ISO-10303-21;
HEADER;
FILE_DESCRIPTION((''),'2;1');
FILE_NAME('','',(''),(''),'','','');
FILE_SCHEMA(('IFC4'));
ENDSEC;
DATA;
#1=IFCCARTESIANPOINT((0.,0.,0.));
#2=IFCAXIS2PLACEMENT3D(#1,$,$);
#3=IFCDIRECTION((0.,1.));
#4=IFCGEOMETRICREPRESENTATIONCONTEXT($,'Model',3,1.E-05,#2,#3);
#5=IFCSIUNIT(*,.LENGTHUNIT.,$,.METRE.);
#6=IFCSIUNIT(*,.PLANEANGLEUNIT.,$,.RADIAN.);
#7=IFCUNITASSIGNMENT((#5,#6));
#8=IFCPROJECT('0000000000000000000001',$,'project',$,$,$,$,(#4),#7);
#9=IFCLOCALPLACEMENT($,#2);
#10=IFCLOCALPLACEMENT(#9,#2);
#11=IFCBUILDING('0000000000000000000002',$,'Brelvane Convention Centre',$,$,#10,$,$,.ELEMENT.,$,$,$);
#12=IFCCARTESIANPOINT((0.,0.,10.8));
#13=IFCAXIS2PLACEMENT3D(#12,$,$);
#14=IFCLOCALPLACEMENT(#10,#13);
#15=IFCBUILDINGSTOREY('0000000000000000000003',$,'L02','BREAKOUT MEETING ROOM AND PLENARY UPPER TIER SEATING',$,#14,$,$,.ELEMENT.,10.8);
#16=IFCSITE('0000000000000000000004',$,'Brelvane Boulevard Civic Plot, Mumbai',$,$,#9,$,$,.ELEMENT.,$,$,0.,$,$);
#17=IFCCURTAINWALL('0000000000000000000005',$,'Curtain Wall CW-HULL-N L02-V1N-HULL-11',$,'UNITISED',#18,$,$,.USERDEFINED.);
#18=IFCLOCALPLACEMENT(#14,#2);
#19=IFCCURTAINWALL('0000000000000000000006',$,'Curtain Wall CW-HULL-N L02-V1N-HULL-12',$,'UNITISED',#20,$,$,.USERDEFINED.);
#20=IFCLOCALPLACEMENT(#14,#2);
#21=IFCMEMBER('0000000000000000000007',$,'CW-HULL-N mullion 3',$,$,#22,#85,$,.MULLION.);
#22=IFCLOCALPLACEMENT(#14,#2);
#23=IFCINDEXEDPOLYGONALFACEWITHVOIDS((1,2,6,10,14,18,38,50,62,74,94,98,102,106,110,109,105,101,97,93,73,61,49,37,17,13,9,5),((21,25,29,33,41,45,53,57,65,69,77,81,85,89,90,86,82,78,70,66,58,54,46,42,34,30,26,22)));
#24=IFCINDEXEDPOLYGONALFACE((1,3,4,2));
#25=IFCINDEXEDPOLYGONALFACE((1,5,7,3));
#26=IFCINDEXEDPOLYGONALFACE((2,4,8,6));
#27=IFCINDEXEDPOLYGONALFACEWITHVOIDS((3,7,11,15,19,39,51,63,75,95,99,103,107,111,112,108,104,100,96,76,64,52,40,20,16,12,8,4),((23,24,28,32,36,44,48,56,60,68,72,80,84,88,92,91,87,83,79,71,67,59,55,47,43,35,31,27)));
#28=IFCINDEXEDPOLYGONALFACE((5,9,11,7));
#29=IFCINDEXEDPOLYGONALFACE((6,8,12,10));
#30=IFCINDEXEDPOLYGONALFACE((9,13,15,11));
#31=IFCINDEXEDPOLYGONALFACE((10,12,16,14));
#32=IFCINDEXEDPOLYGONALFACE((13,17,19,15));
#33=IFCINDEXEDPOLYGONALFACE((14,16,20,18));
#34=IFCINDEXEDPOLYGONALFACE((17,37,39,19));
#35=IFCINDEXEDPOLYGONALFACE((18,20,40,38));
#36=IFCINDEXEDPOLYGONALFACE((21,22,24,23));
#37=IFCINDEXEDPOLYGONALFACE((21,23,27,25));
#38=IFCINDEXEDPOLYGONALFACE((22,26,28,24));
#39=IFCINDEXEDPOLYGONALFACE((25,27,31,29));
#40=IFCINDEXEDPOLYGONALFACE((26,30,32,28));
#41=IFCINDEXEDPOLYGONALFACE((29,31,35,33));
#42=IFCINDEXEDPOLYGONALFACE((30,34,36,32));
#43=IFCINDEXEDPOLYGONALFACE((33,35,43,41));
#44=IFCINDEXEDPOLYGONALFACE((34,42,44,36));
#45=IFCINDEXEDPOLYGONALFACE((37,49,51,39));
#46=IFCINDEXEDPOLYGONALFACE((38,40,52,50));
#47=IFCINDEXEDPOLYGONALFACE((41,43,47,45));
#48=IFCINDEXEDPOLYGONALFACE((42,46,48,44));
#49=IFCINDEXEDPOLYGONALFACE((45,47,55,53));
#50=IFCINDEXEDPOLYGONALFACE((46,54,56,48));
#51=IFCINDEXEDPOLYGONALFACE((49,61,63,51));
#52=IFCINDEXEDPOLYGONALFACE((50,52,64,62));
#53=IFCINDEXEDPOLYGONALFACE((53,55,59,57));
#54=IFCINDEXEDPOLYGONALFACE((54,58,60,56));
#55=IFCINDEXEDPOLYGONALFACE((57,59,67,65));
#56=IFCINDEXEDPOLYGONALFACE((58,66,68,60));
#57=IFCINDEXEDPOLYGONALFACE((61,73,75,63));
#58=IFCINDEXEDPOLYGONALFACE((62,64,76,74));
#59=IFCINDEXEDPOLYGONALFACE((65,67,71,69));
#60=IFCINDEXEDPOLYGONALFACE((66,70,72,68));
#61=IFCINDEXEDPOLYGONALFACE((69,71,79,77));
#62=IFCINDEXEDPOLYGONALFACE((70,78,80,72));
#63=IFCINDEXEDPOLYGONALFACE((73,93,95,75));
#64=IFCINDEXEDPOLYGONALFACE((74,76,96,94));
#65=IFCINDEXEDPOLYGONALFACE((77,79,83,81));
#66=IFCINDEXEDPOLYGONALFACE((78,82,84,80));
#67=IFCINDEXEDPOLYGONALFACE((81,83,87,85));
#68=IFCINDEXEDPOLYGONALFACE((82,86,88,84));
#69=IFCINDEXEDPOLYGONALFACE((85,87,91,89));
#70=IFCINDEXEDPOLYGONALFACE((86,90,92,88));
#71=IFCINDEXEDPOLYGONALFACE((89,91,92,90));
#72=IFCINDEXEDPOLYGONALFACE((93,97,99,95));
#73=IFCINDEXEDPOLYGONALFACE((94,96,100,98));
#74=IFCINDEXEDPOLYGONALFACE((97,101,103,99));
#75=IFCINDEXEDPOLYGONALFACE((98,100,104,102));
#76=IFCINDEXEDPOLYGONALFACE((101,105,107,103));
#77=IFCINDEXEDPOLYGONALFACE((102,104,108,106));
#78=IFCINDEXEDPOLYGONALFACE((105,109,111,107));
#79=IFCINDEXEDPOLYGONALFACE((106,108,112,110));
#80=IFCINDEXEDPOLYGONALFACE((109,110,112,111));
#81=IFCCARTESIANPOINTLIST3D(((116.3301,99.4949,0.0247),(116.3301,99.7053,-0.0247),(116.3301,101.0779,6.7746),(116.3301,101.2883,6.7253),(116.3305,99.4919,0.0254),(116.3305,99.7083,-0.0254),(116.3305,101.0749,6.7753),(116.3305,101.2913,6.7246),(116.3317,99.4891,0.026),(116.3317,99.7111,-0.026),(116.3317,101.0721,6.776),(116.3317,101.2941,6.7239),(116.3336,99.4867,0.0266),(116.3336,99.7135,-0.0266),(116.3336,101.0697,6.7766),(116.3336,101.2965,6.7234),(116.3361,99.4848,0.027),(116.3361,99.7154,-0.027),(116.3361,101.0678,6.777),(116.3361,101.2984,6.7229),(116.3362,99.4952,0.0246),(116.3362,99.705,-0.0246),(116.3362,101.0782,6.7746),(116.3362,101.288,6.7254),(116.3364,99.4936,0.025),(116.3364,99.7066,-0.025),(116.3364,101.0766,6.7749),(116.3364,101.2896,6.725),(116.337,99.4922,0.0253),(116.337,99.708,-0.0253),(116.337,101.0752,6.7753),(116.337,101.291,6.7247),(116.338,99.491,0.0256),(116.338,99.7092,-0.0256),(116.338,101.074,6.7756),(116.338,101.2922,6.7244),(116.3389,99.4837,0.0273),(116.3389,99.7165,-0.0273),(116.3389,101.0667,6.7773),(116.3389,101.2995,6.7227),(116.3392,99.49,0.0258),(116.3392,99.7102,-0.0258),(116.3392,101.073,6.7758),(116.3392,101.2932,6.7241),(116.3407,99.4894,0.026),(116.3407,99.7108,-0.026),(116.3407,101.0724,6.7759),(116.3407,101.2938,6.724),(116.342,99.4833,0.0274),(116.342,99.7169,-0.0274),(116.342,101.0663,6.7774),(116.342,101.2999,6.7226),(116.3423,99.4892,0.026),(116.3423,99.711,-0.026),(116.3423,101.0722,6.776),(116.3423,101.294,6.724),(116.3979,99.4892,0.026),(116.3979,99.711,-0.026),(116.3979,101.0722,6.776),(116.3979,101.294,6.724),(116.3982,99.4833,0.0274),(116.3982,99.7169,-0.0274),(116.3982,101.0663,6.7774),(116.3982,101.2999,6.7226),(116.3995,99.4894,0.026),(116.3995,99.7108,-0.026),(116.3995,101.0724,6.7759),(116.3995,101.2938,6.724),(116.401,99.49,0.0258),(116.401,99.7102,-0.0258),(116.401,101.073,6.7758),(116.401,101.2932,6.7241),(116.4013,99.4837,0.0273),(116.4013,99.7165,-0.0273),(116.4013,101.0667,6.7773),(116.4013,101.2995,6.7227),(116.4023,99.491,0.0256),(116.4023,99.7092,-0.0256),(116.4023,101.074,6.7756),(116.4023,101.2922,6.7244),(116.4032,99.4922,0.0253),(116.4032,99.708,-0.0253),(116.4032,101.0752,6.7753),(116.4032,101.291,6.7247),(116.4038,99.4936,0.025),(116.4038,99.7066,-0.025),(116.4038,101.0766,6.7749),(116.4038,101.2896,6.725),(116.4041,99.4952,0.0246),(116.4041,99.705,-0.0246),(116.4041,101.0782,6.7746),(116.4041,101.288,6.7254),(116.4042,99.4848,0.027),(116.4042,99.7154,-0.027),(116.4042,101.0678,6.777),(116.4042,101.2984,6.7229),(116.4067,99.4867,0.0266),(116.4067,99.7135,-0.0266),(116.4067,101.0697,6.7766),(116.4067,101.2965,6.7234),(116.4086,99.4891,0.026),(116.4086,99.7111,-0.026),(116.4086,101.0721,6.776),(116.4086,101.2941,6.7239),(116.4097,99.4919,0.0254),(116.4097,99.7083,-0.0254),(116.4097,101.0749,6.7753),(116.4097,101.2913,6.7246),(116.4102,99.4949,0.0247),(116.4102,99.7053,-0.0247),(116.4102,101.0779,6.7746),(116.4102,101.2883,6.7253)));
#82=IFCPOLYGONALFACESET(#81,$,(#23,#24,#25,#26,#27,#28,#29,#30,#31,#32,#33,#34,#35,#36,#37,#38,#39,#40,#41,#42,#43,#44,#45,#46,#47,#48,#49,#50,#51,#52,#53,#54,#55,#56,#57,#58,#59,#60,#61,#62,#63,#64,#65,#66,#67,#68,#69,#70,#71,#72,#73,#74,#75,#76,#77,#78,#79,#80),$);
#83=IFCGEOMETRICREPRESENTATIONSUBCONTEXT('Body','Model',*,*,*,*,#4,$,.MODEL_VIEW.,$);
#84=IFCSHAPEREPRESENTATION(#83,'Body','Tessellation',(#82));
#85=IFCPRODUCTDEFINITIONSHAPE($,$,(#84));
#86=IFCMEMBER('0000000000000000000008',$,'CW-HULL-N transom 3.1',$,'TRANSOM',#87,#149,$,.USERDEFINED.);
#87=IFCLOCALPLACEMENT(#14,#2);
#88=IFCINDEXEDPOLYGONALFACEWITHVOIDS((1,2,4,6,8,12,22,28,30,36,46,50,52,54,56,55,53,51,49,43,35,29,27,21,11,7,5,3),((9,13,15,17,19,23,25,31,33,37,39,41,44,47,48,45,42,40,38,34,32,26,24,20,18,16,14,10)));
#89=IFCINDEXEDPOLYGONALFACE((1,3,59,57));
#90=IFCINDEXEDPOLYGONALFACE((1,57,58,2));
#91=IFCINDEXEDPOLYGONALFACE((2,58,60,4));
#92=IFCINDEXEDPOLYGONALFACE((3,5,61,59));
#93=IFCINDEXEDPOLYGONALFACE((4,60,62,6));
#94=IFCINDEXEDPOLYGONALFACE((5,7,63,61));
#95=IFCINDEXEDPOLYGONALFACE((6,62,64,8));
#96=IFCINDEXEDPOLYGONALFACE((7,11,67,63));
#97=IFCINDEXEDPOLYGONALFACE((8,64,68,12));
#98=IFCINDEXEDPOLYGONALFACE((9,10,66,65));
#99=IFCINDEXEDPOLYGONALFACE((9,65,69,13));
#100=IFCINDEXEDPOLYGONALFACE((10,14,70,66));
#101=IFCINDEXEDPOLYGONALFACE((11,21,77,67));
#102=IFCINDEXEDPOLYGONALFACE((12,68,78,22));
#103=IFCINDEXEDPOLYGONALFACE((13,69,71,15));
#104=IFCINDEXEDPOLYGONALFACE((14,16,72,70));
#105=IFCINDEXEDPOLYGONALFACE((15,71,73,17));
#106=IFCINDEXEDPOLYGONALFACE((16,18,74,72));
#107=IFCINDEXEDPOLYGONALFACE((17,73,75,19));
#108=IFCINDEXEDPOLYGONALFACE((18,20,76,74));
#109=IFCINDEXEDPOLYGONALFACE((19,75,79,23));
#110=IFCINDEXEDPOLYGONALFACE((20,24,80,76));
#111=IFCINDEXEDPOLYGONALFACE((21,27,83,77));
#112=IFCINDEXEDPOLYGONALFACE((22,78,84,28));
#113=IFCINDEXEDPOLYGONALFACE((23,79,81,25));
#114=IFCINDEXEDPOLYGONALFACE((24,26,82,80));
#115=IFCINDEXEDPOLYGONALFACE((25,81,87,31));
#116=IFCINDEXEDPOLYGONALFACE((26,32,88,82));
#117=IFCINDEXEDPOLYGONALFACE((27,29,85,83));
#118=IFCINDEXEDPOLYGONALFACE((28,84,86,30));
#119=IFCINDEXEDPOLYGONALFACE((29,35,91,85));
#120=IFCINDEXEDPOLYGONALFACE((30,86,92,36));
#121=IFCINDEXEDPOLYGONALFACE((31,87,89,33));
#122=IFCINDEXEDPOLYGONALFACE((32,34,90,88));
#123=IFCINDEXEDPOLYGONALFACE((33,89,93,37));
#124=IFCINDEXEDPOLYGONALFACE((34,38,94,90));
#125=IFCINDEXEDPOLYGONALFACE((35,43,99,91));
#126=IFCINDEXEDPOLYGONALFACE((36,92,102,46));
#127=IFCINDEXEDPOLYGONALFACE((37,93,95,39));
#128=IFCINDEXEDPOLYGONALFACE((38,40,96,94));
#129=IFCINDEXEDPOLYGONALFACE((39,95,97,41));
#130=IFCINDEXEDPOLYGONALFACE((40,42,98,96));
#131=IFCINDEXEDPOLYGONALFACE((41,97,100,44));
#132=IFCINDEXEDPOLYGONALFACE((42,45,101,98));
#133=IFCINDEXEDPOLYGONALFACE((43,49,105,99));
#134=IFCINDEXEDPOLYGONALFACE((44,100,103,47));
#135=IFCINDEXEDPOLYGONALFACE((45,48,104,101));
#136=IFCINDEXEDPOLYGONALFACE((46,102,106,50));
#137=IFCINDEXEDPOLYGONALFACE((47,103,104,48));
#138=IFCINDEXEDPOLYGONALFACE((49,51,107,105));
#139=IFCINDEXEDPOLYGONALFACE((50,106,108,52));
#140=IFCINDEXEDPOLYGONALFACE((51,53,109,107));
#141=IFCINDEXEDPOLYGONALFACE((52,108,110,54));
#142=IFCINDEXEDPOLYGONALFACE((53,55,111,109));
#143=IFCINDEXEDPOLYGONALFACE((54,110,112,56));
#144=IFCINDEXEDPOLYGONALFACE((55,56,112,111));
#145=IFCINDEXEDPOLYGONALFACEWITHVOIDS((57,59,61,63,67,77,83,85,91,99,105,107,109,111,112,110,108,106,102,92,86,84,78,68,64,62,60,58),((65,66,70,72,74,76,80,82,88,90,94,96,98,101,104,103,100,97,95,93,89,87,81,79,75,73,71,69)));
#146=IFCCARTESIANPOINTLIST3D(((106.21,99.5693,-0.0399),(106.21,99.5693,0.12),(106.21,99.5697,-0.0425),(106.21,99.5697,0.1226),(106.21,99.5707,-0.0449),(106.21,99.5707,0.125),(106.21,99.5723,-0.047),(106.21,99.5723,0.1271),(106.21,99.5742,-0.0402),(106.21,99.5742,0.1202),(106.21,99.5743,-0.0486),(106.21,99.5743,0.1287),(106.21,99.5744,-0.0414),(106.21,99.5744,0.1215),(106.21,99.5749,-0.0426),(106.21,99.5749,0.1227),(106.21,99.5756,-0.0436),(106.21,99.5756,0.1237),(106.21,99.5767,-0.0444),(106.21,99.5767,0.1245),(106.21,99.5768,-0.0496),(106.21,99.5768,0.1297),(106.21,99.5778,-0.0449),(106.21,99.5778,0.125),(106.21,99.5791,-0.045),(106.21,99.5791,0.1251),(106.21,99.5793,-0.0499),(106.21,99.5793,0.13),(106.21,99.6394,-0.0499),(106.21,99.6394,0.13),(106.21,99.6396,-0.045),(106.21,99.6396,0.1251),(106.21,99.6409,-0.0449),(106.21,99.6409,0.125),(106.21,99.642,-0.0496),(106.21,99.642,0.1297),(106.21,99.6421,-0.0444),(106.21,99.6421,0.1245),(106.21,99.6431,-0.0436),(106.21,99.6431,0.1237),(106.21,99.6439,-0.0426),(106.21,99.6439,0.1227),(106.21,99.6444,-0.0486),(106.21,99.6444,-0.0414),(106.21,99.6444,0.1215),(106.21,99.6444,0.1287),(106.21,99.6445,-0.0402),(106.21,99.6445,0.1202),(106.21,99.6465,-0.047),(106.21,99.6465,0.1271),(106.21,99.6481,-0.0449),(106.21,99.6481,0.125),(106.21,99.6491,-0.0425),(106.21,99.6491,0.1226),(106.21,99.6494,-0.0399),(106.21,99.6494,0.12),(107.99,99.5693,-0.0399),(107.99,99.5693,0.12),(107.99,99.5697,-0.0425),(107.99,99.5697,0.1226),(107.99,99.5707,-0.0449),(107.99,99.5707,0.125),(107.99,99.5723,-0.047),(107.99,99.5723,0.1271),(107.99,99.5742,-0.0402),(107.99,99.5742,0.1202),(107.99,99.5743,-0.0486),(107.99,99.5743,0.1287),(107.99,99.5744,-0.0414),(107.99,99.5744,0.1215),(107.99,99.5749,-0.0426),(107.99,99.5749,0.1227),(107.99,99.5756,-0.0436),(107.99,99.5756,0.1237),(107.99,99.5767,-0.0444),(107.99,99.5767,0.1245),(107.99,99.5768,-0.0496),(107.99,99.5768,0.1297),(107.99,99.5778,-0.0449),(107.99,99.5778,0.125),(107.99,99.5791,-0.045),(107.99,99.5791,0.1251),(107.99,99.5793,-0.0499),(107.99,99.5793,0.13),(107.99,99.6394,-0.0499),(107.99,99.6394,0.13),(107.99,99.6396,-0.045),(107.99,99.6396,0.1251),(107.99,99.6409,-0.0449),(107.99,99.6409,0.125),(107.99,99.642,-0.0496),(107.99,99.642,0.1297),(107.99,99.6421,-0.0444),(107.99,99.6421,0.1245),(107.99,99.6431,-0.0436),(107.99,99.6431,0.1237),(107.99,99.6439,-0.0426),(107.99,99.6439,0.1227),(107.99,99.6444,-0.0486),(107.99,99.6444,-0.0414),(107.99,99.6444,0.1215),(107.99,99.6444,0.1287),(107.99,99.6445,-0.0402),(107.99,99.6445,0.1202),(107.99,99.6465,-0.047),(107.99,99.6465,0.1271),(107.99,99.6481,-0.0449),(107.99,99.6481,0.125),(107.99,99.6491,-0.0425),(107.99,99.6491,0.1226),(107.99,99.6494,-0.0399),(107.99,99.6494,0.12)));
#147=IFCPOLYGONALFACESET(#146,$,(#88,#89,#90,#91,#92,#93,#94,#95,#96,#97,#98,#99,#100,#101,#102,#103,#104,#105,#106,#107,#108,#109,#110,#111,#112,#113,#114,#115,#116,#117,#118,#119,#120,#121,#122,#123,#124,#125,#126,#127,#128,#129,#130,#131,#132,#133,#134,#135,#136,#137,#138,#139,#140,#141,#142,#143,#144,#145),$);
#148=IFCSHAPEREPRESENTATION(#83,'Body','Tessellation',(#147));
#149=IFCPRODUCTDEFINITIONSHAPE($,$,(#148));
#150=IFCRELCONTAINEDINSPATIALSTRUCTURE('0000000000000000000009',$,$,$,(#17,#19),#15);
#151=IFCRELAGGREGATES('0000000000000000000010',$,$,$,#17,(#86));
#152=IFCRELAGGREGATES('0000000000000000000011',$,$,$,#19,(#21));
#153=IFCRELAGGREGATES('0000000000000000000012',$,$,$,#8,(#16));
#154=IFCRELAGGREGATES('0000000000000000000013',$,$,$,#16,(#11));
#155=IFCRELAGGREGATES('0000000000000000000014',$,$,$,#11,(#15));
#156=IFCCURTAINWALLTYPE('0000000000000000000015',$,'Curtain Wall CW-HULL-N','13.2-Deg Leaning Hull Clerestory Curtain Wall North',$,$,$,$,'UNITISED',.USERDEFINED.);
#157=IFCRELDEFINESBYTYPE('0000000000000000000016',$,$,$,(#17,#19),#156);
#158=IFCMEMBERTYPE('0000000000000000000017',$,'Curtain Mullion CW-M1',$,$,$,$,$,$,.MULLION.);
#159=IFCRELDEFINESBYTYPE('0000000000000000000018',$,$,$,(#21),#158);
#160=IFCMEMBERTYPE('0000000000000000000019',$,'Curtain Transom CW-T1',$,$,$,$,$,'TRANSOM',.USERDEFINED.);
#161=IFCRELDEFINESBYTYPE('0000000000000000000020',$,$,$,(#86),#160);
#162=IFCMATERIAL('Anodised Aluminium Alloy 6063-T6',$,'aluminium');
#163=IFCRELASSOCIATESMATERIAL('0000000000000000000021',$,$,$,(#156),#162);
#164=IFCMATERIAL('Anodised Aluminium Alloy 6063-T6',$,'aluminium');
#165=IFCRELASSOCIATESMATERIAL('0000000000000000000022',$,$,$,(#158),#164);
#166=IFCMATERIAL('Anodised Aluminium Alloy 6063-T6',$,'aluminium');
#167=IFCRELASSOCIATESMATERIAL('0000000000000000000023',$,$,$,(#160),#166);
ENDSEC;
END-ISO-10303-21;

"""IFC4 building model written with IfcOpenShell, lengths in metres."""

from ifc_helpers import new_model, si_unit, direction, frame, origin, origin_2d, place, context, subcontext, project, spatial, hollow_rectangle, extrude, material, material_profile, profile_set, type_object, element, aggregate, save


model = new_model("IFC4")

# Units and contexts
model_context = context("Model", 3, precision=1e-05, world=origin(), true_north=direction((0.0, 1.0)))
body_context = subcontext(model_context, "Body", "Model", "MODEL_VIEW")
ifc_project = project(units=[si_unit("LENGTHUNIT", "METRE"), si_unit("PLANEANGLEUNIT", "RADIAN")], contexts=[model_context])

# Site, building, storey
site_placement = place(None, origin())
site = spatial("IfcSite", under=ifc_project, at=site_placement, Name="Brelvane Boulevard Civic Plot, Mumbai", CompositionType="ELEMENT", RefElevation=0.0)
building_placement = place(site_placement, origin())
building = spatial("IfcBuilding", under=site, at=building_placement, Name="Brelvane Convention Centre", CompositionType="ELEMENT")
storey_placement = place(building_placement, frame((0.0, 0.0, 10.8)))
storey = spatial("IfcBuildingStorey", under=building, at=storey_placement, Name="L02", Description="BREAKOUT MEETING ROOM AND PLENARY UPPER TIER SEATING", CompositionType="ELEMENT", Elevation=10.8)

# Curtain walls, member
ifc_material_1 = material(Name="Anodised Aluminium Alloy 6063-T6", Category="aluminium")
curtain_wall_type = type_object("IfcCurtainWallType", Name="Curtain Wall CW-HULL-N", Description="13.2-Deg Leaning Hull Clerestory Curtain Wall North", ElementType="UNITISED", PredefinedType="USERDEFINED", material=ifc_material_1)
curtain_wall_1_placement = place(storey_placement, origin())
curtain_wall_1 = element("IfcCurtainWall", 1, at=curtain_wall_1_placement, inside=storey, type_object=curtain_wall_type, Name="Curtain Wall CW-HULL-N L02-V1N-HULL-11", ObjectType="UNITISED", PredefinedType="USERDEFINED")
ifc_material_2 = material(Name="Anodised Aluminium Alloy 6063-T6", Category="aluminium")
ifc_material_profile_1 = material_profile(ifc_material_2, hollow_rectangle(XDim=0.0801, YDim=0.24, WallThickness=0.0061, InnerFilletRadius=0.0061, OuterFilletRadius=0.012, at=origin_2d()), Name="ALU-M 240x80x6.0")
ifc_profile_set_1 = profile_set([ifc_material_profile_1], Name="Anodised Aluminium Alloy 6063-T6")
member_type_1 = type_object("IfcMemberType", Name="Curtain Mullion CW-M1", PredefinedType="MULLION", material=ifc_profile_set_1)
curtain_wall_2_placement = place(storey_placement, origin())
curtain_wall_2 = element("IfcCurtainWall", 2, at=curtain_wall_2_placement, inside=storey, type_object=curtain_wall_type, Name="Curtain Wall CW-HULL-N L02-V1N-HULL-12", ObjectType="UNITISED", PredefinedType="USERDEFINED")
member_1_placement = place(storey_placement, frame((116.3701, 99.6001, 0.0), z_axis=(0.0, 0.228325, 0.973585), x_axis=(-1.0, 0.0, 0.0)))
member_1 = element("IfcMember", 3, at=member_1_placement, type_object=member_type_1, Name="CW-HULL-N mullion 3", PredefinedType="MULLION", context=body_context, shape_type="SweptSolid", body=[
    extrude(hollow_rectangle(XDim=0.0801, YDim=0.24, WallThickness=0.0061, InnerFilletRadius=0.0061, OuterFilletRadius=0.012, at=origin_2d()), origin(), (0.0, 0.0, 1.0), 6.9331),
])

# Member
ifc_material_3 = material(Name="Anodised Aluminium Alloy 6063-T6", Category="aluminium")
ifc_material_profile_2 = material_profile(ifc_material_3, hollow_rectangle(XDim=0.0801, YDim=0.1799, WallThickness=0.0049, InnerFilletRadius=0.0049, OuterFilletRadius=0.01, at=origin_2d()), Name="ALU-T 180x80x5.0")
ifc_profile_set_2 = profile_set([ifc_material_profile_2], Name="Anodised Aluminium Alloy 6063-T6")
member_type_2 = type_object("IfcMemberType", Name="Curtain Transom CW-T1", ElementType="TRANSOM", PredefinedType="USERDEFINED", material=ifc_profile_set_2)
member_2_placement = place(storey_placement, frame((106.21, 99.6094, 0.04), z_axis=(1.0, 0.0, 0.0), x_axis=(0.0, 1.0, 0.0)))
member_2 = element("IfcMember", 4, at=member_2_placement, type_object=member_type_2, Name="CW-HULL-N transom 3.1", ObjectType="TRANSOM", PredefinedType="USERDEFINED", context=body_context, shape_type="SweptSolid", body=[
    extrude(hollow_rectangle(XDim=0.0801, YDim=0.1799, WallThickness=0.0049, InnerFilletRadius=0.0049, OuterFilletRadius=0.01, at=origin_2d()), origin(), (0.0, 0.0, 1.0), 1.78),
])

aggregate(curtain_wall_1, [member_2])
aggregate(curtain_wall_2, [member_1])

save(model, "model.ifc")
